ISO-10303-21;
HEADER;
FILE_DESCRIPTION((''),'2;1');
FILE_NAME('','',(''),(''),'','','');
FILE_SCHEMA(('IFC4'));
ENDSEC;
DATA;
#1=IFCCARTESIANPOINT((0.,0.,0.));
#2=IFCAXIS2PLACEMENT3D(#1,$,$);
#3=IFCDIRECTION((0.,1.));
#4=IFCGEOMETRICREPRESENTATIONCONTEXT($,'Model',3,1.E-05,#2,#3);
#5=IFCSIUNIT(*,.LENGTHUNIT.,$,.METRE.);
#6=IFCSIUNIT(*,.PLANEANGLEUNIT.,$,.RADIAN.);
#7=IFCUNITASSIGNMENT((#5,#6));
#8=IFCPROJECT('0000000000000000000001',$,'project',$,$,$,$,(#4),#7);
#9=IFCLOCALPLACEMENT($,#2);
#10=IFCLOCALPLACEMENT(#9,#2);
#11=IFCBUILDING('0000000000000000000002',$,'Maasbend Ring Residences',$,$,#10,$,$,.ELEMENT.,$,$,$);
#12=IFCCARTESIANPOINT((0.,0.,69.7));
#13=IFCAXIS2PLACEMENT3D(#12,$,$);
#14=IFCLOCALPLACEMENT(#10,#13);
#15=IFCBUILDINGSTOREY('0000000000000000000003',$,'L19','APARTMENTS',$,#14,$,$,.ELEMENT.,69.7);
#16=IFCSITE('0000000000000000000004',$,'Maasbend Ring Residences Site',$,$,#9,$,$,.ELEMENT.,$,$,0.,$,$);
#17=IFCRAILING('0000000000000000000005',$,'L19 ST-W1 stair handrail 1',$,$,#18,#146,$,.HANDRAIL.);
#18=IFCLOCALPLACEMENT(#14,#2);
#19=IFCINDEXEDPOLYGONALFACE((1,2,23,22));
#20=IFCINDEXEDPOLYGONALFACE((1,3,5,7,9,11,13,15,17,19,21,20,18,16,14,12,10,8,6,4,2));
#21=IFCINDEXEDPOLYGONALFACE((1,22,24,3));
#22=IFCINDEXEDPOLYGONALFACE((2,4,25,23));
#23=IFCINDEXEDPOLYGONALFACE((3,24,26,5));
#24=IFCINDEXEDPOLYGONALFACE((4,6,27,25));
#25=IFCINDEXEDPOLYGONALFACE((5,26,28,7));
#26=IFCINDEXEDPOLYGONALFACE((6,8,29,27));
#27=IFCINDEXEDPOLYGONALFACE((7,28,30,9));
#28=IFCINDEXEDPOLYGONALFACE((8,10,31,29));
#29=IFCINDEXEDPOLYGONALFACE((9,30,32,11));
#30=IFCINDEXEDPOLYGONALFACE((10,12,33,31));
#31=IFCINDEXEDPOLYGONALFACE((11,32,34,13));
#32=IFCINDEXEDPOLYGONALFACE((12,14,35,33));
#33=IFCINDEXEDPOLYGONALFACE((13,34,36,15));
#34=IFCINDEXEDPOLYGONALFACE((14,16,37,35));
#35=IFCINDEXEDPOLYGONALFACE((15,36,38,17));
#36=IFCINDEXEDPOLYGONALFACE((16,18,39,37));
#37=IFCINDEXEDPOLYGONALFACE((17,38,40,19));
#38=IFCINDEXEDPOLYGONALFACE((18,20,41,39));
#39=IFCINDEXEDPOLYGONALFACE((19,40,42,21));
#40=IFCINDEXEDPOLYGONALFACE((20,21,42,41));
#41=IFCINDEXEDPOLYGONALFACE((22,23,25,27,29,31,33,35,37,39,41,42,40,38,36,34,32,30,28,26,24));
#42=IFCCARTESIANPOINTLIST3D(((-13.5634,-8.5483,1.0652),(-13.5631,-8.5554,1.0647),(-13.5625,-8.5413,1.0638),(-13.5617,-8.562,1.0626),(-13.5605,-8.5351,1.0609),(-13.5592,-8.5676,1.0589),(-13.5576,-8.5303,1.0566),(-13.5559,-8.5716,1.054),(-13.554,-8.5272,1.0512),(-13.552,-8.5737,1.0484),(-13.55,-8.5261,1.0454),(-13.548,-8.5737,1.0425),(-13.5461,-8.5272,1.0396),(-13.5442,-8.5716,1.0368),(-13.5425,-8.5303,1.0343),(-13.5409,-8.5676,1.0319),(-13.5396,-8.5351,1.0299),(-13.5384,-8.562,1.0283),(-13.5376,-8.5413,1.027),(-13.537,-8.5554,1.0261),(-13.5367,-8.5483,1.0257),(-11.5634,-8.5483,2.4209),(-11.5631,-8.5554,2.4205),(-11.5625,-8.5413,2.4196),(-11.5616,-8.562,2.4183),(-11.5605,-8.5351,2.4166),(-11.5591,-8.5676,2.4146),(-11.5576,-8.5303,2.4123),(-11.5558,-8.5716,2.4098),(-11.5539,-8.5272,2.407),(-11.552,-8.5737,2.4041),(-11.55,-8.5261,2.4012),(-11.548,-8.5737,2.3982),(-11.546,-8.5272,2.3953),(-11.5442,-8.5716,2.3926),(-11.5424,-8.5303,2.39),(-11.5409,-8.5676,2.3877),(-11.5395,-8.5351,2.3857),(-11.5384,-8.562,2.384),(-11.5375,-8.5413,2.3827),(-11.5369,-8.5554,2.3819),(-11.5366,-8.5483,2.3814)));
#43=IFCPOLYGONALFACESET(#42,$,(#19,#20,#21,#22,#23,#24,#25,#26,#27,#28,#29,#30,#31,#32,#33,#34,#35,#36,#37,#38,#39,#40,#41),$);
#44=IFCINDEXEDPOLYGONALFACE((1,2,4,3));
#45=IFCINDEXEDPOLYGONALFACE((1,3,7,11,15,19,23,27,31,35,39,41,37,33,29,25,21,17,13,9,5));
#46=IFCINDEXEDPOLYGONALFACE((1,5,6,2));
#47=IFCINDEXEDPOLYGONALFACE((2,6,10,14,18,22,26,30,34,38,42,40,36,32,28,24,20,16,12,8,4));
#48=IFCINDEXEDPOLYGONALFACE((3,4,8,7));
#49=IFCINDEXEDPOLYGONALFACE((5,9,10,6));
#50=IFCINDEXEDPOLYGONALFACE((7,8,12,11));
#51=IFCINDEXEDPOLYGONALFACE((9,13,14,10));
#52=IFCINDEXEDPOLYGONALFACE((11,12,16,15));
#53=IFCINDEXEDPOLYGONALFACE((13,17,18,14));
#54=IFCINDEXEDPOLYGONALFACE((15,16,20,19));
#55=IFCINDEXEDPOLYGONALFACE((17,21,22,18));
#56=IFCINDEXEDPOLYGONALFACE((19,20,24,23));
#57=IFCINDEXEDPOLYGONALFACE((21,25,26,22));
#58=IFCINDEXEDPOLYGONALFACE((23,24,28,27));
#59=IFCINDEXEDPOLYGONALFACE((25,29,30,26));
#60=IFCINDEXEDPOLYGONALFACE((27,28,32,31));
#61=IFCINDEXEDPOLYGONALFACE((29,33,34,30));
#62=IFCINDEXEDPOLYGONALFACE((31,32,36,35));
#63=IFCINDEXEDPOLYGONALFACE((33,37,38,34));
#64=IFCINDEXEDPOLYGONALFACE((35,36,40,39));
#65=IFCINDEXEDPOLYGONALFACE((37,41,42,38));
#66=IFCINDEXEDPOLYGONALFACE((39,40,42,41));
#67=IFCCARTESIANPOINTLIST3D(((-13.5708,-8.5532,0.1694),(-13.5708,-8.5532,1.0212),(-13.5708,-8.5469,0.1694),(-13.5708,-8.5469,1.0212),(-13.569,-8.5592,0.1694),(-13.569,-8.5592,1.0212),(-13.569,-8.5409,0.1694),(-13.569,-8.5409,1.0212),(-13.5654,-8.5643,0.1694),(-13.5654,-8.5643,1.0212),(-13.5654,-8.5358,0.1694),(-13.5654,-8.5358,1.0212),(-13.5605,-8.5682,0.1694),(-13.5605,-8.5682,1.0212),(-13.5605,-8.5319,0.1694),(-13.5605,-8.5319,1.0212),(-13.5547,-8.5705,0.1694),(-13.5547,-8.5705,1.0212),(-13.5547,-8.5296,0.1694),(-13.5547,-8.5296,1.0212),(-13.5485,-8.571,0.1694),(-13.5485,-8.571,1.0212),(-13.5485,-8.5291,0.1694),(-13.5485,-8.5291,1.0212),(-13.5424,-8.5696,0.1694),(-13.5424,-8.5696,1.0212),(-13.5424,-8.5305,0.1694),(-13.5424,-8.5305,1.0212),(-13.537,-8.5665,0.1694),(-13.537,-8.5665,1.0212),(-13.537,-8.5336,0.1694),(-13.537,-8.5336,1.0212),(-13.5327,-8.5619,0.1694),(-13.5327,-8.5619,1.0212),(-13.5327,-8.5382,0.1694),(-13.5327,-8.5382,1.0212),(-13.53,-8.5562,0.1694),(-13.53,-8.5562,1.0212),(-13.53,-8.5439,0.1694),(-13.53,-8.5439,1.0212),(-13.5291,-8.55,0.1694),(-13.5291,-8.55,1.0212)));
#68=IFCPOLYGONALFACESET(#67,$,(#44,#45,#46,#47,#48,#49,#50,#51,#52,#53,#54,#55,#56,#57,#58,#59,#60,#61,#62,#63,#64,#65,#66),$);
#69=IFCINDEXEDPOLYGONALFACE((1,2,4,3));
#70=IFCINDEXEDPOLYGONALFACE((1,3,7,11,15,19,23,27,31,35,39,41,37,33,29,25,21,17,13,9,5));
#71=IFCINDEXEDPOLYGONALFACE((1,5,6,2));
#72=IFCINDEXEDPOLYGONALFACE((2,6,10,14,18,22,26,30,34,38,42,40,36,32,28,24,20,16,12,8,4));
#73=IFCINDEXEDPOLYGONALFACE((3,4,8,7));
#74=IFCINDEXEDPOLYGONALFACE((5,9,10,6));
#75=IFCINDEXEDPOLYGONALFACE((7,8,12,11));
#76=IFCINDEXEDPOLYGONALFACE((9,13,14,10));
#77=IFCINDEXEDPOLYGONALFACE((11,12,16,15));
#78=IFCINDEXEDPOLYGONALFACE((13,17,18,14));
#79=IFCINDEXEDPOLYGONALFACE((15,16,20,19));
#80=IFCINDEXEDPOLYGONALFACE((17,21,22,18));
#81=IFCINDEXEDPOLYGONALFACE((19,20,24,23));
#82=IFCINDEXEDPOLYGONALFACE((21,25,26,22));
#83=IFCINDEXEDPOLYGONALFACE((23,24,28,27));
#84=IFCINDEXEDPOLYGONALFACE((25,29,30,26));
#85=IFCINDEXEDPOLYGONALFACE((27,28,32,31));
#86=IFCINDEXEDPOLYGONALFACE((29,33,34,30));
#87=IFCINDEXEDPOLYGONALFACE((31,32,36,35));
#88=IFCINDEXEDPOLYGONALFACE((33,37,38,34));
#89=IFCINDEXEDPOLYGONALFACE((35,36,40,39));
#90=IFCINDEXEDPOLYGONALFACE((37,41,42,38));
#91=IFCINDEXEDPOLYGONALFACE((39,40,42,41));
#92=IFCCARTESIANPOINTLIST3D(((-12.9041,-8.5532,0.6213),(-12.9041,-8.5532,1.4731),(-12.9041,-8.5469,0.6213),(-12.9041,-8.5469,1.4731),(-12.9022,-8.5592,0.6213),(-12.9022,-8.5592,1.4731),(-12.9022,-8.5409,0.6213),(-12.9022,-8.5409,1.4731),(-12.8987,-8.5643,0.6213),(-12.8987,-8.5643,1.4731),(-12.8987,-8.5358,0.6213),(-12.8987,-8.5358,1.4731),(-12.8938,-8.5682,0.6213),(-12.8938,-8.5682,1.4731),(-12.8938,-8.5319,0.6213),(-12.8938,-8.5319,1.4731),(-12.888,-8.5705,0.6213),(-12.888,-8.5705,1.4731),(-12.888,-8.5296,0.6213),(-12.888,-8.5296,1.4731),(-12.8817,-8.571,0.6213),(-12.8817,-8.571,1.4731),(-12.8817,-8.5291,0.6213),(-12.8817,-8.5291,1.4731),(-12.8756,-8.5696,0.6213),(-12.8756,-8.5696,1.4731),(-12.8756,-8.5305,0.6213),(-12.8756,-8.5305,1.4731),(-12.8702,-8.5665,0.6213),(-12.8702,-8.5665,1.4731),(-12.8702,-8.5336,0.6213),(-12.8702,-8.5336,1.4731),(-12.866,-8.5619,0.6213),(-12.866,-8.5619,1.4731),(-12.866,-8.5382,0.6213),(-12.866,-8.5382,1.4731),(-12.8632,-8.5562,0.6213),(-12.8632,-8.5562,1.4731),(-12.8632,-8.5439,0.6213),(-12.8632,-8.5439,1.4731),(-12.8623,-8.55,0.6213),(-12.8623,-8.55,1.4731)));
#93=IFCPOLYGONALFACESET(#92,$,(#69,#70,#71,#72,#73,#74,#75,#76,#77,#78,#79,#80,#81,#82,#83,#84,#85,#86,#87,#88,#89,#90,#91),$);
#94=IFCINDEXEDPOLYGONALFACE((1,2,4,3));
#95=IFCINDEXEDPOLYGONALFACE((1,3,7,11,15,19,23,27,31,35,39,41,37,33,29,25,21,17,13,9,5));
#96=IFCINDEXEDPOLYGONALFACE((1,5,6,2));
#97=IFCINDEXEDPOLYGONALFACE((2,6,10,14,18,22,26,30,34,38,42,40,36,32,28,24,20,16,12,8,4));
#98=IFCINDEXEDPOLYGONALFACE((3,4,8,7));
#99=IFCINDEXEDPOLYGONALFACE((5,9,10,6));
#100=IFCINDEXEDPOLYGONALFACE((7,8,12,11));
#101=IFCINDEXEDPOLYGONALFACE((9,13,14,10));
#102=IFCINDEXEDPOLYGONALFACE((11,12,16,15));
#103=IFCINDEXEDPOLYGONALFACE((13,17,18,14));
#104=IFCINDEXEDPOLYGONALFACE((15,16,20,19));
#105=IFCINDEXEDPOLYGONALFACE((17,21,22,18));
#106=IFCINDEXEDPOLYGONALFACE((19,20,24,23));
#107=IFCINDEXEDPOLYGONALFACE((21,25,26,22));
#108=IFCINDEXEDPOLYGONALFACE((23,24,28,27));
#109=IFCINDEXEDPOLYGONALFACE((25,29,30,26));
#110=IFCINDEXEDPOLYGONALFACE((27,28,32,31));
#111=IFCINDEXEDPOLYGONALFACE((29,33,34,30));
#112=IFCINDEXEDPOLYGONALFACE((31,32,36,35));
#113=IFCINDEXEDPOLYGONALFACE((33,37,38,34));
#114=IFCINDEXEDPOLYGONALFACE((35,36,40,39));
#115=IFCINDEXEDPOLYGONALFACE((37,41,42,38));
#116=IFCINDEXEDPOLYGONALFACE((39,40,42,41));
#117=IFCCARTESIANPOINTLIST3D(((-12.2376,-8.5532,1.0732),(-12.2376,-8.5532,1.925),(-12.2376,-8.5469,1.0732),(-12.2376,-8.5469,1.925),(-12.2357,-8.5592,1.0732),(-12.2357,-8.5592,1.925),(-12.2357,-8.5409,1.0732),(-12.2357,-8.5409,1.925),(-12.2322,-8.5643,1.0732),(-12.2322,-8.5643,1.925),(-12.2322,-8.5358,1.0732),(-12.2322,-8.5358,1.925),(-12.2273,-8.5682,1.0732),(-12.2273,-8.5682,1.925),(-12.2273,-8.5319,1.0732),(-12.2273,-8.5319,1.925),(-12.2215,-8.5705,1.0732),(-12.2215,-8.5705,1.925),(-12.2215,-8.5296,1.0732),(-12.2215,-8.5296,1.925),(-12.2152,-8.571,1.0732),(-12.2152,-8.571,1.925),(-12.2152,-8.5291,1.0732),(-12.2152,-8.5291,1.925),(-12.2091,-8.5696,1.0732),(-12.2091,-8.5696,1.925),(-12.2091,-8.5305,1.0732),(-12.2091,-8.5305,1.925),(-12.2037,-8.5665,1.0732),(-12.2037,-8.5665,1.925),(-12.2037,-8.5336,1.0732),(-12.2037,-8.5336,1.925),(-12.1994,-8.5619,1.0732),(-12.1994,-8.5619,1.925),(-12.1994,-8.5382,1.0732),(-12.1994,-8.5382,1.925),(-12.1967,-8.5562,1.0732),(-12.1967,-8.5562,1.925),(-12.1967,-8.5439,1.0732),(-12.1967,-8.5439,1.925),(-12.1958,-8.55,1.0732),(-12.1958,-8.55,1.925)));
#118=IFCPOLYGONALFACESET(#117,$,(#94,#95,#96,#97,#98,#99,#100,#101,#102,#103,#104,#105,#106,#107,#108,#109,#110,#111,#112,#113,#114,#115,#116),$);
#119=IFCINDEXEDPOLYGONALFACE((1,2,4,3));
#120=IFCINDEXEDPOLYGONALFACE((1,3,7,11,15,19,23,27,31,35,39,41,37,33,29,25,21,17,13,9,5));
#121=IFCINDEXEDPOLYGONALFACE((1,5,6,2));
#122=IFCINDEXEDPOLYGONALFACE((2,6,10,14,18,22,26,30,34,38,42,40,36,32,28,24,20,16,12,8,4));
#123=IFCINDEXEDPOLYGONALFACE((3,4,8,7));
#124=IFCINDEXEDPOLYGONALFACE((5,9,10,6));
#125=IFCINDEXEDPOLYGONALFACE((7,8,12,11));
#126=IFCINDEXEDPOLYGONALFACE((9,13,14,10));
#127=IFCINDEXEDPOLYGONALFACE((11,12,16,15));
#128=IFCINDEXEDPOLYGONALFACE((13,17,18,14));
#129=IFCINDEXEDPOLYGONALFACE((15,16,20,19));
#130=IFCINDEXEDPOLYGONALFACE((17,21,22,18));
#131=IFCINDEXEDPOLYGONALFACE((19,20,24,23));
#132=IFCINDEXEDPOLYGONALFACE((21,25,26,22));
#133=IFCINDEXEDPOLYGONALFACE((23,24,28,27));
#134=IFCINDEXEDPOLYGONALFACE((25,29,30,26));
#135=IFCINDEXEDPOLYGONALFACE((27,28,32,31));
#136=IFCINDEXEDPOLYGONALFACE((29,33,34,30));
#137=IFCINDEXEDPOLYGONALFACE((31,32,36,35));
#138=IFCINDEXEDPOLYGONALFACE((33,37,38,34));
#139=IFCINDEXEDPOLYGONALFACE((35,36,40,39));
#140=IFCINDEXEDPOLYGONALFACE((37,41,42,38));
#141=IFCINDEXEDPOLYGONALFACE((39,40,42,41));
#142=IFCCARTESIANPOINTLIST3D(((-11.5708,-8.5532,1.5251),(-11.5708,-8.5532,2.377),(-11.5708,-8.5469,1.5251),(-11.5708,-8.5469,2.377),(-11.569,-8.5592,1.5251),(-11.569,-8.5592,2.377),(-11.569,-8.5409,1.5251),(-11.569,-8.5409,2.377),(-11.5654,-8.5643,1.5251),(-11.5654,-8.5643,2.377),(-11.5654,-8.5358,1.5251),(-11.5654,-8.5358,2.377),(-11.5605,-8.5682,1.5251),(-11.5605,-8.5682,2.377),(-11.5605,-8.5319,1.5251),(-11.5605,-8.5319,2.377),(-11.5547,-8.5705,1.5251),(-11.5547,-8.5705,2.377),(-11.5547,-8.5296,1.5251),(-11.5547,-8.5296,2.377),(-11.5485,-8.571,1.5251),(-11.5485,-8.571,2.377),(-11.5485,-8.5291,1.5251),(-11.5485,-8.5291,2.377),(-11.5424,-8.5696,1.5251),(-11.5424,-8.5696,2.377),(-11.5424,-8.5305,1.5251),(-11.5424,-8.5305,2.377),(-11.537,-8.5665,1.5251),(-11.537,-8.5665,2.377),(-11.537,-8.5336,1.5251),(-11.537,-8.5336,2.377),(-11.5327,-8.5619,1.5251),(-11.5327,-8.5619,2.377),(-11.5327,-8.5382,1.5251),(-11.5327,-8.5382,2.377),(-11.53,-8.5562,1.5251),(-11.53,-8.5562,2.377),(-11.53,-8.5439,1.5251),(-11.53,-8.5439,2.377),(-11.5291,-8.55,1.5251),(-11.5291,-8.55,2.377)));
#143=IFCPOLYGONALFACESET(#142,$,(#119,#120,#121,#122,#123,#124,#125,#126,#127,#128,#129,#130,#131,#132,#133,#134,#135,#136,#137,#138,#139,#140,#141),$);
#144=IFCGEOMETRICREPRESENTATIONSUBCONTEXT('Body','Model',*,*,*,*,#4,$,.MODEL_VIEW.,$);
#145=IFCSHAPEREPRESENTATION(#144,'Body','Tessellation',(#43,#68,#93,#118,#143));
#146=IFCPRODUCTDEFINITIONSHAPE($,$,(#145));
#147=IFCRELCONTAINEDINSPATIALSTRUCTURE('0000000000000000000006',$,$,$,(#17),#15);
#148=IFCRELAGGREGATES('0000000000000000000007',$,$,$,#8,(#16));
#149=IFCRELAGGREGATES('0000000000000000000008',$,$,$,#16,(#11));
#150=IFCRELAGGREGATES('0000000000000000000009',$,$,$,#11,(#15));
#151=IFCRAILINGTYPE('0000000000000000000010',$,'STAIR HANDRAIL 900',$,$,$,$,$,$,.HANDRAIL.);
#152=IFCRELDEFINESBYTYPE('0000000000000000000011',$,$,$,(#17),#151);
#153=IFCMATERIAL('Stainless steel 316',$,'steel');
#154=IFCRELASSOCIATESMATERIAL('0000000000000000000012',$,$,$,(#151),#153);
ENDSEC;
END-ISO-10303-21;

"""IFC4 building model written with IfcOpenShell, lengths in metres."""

from ifc_helpers import new_model, si_unit, direction, frame, origin, origin_2d, place, context, subcontext, project, spatial, circle, extrude, material, type_object, element, save


model = new_model("IFC4")

# Units and contexts
model_context = context("Model", 3, precision=1e-05, world=origin(), true_north=direction((0.0, 1.0)))
body_context = subcontext(model_context, "Body", "Model", "MODEL_VIEW")
ifc_project = project(units=[si_unit("LENGTHUNIT", "METRE"), si_unit("PLANEANGLEUNIT", "RADIAN")], contexts=[model_context])

# Site, building, storey
site_placement = place(None, origin())
site = spatial("IfcSite", under=ifc_project, at=site_placement, Name="Maasbend Ring Residences Site", CompositionType="ELEMENT", RefElevation=0.0)
building_placement = place(site_placement, origin())
building = spatial("IfcBuilding", under=site, at=building_placement, Name="Maasbend Ring Residences", CompositionType="ELEMENT")
storey_placement = place(building_placement, frame((0.0, 0.0, 69.7)))
storey = spatial("IfcBuildingStorey", under=building, at=storey_placement, Name="L19", Description="APARTMENTS", CompositionType="ELEMENT", Elevation=69.7)

# Railing
ifc_material_1 = material(Name="Stainless steel 316", Category="steel")
railing_type_1 = type_object("IfcRailingType", Name="STAIR HANDRAIL 900", PredefinedType="HANDRAIL", material=ifc_material_1)
railing_1_placement = place(storey_placement, frame((-13.55, -8.55, 0.1694)))
element("IfcRailing", 1, at=railing_1_placement, inside=storey, type_object=railing_type_1, Name="L19 ST-W1 stair handrail 1", PredefinedType="HANDRAIL", context=body_context, shape_type="SweptSolid", body=[
    extrude(circle(Radius=0.0239, at=origin_2d()), frame((0.0, 0.0, 0.876), z_axis=(0.827751, 0.0, 0.561096), x_axis=(0.0, 1.0, 0.0)), (0.0, 0.0, 1.0), 2.4163),
    extrude(circle(Radius=0.021, at=origin_2d()), origin(), (0.0, 0.0, 1.0), 0.8518),
    extrude(circle(Radius=0.021, at=origin_2d()), frame((0.6667, 0.0, 0.4519)), (0.0, 0.0, 1.0), 0.8518),
    extrude(circle(Radius=0.021, at=origin_2d()), frame((1.3333, 0.0, 0.9038)), (0.0, 0.0, 1.0), 0.8518),
    extrude(circle(Radius=0.021, at=origin_2d()), frame((2.0, 0.0, 1.3557)), (0.0, 0.0, 1.0), 0.8518),
])

save(model, "model.ifc")
